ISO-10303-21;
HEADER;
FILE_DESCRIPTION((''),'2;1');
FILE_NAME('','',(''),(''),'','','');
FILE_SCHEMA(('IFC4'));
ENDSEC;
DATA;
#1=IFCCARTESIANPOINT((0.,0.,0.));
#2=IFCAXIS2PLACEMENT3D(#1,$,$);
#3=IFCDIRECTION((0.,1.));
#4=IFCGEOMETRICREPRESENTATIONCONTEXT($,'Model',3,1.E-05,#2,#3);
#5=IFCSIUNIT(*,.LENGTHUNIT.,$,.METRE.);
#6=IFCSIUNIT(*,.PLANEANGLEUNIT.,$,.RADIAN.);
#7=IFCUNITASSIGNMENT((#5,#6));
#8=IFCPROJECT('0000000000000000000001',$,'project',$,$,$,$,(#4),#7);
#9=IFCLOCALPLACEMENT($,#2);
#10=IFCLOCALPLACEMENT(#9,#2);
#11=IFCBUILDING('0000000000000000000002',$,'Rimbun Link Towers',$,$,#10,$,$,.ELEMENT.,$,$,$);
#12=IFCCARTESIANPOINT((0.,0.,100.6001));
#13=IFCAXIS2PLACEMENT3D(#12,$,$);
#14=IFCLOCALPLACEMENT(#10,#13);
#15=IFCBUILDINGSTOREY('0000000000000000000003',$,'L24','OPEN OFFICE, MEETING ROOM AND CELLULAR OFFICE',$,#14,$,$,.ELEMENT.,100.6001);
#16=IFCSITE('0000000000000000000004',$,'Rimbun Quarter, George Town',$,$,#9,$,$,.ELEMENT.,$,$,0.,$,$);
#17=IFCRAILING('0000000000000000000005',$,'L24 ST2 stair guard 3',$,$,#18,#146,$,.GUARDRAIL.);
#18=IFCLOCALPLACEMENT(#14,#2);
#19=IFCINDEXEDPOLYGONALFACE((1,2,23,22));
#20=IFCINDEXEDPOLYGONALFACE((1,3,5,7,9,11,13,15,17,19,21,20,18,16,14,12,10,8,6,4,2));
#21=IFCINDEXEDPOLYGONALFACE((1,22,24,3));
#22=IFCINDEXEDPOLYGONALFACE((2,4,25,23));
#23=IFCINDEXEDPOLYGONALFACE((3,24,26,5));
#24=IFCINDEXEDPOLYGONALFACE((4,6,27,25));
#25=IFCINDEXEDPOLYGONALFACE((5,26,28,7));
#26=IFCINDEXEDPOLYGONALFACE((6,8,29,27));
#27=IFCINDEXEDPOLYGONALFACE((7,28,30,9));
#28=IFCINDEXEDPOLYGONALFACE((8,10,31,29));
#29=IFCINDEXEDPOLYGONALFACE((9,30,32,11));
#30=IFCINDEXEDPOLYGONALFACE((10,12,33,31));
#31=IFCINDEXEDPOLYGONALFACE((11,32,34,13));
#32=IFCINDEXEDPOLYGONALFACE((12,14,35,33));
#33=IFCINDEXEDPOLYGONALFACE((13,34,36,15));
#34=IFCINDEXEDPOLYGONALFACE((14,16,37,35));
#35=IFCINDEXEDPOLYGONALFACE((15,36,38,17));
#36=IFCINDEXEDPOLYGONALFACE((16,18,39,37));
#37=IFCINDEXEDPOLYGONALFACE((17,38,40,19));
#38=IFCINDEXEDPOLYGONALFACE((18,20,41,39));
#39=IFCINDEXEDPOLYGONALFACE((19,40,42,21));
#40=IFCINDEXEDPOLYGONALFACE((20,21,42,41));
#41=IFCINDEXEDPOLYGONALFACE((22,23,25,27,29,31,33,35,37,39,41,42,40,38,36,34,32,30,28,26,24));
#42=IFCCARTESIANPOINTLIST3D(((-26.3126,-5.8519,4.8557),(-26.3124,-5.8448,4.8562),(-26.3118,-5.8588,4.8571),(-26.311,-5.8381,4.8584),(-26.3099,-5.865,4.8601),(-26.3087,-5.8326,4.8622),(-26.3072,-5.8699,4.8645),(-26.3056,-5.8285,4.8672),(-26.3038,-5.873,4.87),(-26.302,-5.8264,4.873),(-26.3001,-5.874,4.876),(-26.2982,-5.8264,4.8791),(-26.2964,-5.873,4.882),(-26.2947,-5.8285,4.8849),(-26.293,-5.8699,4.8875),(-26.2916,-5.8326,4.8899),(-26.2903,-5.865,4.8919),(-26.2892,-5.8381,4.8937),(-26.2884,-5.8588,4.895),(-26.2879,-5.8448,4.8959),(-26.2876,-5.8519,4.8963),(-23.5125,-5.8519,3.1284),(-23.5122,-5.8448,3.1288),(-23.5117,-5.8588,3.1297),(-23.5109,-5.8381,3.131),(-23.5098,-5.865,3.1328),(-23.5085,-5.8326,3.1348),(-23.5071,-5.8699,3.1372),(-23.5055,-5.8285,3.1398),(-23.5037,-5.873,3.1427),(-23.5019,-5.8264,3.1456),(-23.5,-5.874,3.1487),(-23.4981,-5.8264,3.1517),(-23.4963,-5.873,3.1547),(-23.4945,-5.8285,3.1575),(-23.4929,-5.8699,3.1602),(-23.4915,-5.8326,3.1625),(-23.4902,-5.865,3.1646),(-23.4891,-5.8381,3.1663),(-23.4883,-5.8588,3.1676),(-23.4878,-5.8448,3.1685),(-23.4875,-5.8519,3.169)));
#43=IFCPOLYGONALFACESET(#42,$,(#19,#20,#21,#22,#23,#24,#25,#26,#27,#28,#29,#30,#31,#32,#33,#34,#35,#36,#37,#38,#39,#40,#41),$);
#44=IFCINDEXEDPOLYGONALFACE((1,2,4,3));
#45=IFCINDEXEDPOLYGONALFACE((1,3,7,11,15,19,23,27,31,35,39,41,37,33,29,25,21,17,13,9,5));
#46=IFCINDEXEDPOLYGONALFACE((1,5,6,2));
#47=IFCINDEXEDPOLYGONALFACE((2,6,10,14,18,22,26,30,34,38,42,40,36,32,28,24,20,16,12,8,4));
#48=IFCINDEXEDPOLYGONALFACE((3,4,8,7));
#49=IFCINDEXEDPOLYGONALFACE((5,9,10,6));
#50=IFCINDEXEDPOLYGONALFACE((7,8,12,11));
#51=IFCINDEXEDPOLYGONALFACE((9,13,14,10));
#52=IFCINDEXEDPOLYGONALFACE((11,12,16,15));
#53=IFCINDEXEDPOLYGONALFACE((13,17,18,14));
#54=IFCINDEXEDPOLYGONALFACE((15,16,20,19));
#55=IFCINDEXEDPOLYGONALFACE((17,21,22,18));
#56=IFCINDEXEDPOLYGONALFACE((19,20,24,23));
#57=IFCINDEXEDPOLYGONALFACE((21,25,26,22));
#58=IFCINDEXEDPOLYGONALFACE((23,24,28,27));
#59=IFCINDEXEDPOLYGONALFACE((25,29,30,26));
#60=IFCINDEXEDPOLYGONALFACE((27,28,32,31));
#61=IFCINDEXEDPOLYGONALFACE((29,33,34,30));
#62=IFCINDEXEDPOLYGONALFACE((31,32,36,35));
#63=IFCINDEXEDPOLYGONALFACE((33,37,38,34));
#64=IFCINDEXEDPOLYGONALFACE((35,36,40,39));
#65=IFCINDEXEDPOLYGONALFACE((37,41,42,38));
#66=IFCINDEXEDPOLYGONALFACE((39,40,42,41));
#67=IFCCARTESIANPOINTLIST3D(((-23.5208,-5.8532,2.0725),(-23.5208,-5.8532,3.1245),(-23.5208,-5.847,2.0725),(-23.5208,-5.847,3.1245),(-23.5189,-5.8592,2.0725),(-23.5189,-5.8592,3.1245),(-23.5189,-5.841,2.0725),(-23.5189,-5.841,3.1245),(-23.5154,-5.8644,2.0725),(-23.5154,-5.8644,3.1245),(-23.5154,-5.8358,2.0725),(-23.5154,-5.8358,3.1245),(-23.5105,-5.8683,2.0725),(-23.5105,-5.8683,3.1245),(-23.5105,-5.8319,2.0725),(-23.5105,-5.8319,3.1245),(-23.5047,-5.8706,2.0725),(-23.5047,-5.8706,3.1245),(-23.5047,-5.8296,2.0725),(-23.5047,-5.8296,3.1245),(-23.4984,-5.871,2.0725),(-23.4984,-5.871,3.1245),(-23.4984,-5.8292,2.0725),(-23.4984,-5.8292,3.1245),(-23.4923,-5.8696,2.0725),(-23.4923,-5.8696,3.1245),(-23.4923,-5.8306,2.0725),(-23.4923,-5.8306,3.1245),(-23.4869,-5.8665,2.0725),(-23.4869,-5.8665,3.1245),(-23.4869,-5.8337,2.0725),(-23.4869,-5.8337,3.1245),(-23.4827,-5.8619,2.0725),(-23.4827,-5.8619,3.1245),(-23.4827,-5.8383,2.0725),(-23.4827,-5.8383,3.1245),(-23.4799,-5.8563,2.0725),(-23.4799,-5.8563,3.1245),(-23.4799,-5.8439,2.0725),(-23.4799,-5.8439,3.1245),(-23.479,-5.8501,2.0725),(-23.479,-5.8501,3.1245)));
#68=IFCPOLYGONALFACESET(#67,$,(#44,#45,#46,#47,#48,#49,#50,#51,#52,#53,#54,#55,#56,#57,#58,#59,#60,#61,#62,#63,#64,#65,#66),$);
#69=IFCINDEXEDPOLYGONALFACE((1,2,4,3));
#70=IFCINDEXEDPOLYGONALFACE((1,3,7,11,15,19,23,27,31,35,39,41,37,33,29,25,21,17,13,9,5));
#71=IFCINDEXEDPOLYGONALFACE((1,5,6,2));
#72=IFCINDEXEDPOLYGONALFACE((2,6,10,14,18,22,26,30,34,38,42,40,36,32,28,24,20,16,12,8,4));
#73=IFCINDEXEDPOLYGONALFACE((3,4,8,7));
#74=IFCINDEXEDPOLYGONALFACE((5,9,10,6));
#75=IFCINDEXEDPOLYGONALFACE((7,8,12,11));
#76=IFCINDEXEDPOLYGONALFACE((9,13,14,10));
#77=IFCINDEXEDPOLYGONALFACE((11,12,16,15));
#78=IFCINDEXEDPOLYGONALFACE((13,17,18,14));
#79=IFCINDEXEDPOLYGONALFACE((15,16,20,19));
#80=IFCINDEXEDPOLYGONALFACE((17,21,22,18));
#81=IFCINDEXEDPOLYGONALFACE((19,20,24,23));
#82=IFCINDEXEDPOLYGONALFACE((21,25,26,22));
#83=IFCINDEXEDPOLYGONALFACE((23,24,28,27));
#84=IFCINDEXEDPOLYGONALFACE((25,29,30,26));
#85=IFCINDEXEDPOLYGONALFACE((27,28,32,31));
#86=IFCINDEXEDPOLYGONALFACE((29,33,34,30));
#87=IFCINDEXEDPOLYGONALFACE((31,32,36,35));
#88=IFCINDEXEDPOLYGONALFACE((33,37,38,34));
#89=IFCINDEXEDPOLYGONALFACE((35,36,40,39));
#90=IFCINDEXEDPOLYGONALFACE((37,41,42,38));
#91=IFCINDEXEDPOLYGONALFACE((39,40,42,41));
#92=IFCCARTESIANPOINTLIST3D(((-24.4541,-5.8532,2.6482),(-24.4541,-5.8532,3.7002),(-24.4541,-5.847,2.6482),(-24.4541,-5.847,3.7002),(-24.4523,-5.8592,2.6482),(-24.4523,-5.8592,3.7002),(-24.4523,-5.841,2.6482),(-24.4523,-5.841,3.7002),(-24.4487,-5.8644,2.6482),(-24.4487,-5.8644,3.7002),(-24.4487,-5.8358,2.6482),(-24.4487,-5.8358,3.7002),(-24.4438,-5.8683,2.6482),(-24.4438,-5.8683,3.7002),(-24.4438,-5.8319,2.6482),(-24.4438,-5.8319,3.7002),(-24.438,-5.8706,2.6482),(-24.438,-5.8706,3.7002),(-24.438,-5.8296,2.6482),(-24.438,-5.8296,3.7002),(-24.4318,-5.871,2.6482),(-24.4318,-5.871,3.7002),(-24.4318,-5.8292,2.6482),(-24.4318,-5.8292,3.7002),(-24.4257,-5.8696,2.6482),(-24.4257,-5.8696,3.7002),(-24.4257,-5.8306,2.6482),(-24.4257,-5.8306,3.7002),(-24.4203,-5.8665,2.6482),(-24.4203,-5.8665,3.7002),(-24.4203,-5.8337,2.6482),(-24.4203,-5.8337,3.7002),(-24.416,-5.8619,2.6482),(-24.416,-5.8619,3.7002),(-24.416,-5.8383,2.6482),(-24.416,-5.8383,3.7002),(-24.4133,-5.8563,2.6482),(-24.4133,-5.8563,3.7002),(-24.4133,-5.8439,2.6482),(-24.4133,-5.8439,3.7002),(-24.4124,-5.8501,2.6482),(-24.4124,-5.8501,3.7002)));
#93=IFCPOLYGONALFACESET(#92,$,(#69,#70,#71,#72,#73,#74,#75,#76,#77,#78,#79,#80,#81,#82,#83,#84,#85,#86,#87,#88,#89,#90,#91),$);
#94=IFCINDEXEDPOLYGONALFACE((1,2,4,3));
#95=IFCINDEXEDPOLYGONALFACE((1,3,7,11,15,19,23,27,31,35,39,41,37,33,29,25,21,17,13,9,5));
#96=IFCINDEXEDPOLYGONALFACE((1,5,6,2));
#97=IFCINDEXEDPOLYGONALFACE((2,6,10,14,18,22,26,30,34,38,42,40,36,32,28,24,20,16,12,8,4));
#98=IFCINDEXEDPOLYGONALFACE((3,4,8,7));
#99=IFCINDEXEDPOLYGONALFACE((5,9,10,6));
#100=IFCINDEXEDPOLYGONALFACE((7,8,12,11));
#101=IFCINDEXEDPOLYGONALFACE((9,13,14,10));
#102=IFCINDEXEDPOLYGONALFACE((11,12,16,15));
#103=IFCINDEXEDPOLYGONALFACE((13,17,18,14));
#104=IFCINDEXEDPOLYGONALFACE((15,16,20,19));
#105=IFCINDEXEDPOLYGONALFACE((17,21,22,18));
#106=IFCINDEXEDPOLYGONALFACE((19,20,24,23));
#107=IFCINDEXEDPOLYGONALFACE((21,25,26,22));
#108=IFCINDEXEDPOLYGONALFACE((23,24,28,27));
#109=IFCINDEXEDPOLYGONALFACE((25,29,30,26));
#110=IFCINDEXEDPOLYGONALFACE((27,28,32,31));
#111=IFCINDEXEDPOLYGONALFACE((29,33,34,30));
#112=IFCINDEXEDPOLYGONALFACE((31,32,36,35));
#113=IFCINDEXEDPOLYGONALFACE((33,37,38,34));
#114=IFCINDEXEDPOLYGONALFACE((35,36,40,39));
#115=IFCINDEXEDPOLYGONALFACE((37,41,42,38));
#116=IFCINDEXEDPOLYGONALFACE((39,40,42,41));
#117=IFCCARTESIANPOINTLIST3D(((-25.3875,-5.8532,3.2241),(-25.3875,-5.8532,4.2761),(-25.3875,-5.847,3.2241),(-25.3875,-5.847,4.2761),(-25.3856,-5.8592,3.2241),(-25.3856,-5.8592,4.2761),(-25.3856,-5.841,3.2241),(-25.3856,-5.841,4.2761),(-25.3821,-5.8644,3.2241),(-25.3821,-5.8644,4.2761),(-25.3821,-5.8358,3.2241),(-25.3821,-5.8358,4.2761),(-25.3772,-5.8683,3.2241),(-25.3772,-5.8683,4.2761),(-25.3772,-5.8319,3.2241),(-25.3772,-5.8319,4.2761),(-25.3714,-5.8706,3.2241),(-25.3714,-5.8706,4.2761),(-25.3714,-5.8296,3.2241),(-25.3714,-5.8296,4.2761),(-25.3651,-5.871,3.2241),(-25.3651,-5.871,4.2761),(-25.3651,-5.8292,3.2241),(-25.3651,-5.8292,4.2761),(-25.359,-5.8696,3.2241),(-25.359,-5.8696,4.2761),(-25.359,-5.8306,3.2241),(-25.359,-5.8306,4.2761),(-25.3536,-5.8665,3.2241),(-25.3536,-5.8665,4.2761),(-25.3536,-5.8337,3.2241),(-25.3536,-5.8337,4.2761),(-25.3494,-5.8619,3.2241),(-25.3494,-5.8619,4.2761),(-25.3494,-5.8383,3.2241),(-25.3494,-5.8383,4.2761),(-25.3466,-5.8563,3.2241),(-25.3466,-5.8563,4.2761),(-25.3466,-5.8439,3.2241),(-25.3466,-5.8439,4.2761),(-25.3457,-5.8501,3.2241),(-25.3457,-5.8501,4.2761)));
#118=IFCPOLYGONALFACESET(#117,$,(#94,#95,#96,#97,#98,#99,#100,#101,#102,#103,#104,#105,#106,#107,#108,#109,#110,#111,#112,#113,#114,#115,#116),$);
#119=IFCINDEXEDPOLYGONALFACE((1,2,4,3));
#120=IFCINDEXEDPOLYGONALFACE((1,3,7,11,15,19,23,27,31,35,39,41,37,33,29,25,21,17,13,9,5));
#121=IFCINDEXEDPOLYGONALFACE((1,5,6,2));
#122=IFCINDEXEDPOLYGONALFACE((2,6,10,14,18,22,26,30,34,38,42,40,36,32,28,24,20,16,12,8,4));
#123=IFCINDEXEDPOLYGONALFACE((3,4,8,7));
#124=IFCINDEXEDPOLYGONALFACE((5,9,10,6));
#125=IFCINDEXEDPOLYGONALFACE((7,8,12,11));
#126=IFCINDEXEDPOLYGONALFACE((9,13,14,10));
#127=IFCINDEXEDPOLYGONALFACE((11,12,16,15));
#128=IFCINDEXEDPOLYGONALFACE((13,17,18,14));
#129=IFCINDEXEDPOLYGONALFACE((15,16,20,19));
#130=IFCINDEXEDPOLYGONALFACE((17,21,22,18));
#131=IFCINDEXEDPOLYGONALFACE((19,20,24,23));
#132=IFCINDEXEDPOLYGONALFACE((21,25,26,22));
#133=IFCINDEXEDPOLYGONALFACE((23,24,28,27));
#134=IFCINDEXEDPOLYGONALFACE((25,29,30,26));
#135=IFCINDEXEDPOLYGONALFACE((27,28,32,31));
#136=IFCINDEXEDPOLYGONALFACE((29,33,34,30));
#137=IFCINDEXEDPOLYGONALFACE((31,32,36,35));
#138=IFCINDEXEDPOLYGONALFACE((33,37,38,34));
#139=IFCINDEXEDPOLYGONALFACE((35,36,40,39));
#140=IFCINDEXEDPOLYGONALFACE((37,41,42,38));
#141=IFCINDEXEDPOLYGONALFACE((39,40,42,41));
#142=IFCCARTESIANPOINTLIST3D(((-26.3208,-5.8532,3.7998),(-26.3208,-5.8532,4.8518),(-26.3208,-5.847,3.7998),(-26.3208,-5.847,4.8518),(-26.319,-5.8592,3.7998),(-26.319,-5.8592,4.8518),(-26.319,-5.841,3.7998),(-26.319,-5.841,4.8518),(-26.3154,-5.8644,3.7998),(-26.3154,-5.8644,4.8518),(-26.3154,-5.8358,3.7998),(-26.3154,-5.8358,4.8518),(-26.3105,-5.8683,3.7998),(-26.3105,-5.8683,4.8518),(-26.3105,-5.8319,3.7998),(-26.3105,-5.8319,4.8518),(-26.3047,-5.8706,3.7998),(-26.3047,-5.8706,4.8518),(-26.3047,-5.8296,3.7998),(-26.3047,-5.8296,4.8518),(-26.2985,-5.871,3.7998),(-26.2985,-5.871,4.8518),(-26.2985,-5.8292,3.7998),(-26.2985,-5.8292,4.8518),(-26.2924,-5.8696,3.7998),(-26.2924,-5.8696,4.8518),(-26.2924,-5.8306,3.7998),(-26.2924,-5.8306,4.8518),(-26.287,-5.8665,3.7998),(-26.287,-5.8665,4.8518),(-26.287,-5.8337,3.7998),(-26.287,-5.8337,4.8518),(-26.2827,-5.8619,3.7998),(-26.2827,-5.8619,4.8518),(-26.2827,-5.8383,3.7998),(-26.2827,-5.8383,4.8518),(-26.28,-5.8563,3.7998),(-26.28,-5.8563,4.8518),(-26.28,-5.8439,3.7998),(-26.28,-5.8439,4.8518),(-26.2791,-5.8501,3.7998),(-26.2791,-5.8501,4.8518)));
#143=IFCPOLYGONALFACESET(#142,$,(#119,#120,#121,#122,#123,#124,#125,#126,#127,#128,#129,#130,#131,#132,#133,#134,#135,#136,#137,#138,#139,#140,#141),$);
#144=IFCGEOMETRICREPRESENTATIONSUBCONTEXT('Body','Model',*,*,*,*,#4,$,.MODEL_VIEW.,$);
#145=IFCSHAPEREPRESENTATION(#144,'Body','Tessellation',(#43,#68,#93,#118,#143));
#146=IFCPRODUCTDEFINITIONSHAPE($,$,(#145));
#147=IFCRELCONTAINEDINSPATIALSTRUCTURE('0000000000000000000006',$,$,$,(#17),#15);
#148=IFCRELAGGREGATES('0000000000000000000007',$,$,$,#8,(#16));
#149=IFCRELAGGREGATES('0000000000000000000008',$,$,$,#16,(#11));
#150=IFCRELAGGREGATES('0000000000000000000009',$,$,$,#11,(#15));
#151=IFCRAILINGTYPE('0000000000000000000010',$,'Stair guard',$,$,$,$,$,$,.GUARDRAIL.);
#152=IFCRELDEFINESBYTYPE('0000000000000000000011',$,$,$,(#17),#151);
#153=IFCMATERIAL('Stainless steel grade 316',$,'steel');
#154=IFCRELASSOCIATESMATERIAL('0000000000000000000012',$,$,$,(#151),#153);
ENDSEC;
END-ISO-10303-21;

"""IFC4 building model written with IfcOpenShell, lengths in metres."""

from ifc_helpers import new_model, si_unit, direction, frame, origin, origin_2d, place, context, subcontext, project, spatial, circle, extrude, material, type_object, element, save


model = new_model("IFC4")

# Units and contexts
model_context = context("Model", 3, precision=1e-05, world=origin(), true_north=direction((0.0, 1.0)))
body_context = subcontext(model_context, "Body", "Model", "MODEL_VIEW")
ifc_project = project(units=[si_unit("LENGTHUNIT", "METRE"), si_unit("PLANEANGLEUNIT", "RADIAN")], contexts=[model_context])

# Site, building, storey
site_placement = place(None, origin())
site = spatial("IfcSite", under=ifc_project, at=site_placement, Name="Rimbun Quarter, George Town", CompositionType="ELEMENT", RefElevation=0.0)
building_placement = place(site_placement, origin())
building = spatial("IfcBuilding", under=site, at=building_placement, Name="Rimbun Link Towers", CompositionType="ELEMENT")
storey_placement = place(building_placement, frame((0.0, 0.0, 100.6001)))
storey = spatial("IfcBuildingStorey", under=building, at=storey_placement, Name="L24", Description="OPEN OFFICE, MEETING ROOM AND CELLULAR OFFICE", CompositionType="ELEMENT", Elevation=100.6001)

# Railing
ifc_material_1 = material(Name="Stainless steel grade 316", Category="steel")
railing_type_1 = type_object("IfcRailingType", Name="Stair guard", PredefinedType="GUARDRAIL", material=ifc_material_1)
railing_1_placement = place(storey_placement, frame((-23.5, -5.8501, 2.0725)))
element("IfcRailing", 1, at=railing_1_placement, inside=storey, type_object=railing_type_1, Name="L24 ST2 stair guard 3", PredefinedType="GUARDRAIL", context=body_context, shape_type="SweptSolid", body=[
    extrude(circle(Radius=0.0239, at=origin_2d()), frame((0.0, 0.0, 1.0762), z_axis=(-0.85109, 0.0, 0.52502), x_axis=(0.0, -1.0, 0.0)), (0.0, 0.0, 1.0), 3.29),
    extrude(circle(Radius=0.021, at=origin_2d()), origin(), (0.0, 0.0, 1.0), 1.052),
    extrude(circle(Radius=0.021, at=origin_2d()), frame((-0.9333, 0.0, 0.5757)), (0.0, 0.0, 1.0), 1.052),
    extrude(circle(Radius=0.021, at=origin_2d()), frame((-1.8667, 0.0, 1.1516)), (0.0, 0.0, 1.0), 1.052),
    extrude(circle(Radius=0.021, at=origin_2d()), frame((-2.8, 0.0, 1.7273)), (0.0, 0.0, 1.0), 1.052),
])

save(model, "model.ifc")
